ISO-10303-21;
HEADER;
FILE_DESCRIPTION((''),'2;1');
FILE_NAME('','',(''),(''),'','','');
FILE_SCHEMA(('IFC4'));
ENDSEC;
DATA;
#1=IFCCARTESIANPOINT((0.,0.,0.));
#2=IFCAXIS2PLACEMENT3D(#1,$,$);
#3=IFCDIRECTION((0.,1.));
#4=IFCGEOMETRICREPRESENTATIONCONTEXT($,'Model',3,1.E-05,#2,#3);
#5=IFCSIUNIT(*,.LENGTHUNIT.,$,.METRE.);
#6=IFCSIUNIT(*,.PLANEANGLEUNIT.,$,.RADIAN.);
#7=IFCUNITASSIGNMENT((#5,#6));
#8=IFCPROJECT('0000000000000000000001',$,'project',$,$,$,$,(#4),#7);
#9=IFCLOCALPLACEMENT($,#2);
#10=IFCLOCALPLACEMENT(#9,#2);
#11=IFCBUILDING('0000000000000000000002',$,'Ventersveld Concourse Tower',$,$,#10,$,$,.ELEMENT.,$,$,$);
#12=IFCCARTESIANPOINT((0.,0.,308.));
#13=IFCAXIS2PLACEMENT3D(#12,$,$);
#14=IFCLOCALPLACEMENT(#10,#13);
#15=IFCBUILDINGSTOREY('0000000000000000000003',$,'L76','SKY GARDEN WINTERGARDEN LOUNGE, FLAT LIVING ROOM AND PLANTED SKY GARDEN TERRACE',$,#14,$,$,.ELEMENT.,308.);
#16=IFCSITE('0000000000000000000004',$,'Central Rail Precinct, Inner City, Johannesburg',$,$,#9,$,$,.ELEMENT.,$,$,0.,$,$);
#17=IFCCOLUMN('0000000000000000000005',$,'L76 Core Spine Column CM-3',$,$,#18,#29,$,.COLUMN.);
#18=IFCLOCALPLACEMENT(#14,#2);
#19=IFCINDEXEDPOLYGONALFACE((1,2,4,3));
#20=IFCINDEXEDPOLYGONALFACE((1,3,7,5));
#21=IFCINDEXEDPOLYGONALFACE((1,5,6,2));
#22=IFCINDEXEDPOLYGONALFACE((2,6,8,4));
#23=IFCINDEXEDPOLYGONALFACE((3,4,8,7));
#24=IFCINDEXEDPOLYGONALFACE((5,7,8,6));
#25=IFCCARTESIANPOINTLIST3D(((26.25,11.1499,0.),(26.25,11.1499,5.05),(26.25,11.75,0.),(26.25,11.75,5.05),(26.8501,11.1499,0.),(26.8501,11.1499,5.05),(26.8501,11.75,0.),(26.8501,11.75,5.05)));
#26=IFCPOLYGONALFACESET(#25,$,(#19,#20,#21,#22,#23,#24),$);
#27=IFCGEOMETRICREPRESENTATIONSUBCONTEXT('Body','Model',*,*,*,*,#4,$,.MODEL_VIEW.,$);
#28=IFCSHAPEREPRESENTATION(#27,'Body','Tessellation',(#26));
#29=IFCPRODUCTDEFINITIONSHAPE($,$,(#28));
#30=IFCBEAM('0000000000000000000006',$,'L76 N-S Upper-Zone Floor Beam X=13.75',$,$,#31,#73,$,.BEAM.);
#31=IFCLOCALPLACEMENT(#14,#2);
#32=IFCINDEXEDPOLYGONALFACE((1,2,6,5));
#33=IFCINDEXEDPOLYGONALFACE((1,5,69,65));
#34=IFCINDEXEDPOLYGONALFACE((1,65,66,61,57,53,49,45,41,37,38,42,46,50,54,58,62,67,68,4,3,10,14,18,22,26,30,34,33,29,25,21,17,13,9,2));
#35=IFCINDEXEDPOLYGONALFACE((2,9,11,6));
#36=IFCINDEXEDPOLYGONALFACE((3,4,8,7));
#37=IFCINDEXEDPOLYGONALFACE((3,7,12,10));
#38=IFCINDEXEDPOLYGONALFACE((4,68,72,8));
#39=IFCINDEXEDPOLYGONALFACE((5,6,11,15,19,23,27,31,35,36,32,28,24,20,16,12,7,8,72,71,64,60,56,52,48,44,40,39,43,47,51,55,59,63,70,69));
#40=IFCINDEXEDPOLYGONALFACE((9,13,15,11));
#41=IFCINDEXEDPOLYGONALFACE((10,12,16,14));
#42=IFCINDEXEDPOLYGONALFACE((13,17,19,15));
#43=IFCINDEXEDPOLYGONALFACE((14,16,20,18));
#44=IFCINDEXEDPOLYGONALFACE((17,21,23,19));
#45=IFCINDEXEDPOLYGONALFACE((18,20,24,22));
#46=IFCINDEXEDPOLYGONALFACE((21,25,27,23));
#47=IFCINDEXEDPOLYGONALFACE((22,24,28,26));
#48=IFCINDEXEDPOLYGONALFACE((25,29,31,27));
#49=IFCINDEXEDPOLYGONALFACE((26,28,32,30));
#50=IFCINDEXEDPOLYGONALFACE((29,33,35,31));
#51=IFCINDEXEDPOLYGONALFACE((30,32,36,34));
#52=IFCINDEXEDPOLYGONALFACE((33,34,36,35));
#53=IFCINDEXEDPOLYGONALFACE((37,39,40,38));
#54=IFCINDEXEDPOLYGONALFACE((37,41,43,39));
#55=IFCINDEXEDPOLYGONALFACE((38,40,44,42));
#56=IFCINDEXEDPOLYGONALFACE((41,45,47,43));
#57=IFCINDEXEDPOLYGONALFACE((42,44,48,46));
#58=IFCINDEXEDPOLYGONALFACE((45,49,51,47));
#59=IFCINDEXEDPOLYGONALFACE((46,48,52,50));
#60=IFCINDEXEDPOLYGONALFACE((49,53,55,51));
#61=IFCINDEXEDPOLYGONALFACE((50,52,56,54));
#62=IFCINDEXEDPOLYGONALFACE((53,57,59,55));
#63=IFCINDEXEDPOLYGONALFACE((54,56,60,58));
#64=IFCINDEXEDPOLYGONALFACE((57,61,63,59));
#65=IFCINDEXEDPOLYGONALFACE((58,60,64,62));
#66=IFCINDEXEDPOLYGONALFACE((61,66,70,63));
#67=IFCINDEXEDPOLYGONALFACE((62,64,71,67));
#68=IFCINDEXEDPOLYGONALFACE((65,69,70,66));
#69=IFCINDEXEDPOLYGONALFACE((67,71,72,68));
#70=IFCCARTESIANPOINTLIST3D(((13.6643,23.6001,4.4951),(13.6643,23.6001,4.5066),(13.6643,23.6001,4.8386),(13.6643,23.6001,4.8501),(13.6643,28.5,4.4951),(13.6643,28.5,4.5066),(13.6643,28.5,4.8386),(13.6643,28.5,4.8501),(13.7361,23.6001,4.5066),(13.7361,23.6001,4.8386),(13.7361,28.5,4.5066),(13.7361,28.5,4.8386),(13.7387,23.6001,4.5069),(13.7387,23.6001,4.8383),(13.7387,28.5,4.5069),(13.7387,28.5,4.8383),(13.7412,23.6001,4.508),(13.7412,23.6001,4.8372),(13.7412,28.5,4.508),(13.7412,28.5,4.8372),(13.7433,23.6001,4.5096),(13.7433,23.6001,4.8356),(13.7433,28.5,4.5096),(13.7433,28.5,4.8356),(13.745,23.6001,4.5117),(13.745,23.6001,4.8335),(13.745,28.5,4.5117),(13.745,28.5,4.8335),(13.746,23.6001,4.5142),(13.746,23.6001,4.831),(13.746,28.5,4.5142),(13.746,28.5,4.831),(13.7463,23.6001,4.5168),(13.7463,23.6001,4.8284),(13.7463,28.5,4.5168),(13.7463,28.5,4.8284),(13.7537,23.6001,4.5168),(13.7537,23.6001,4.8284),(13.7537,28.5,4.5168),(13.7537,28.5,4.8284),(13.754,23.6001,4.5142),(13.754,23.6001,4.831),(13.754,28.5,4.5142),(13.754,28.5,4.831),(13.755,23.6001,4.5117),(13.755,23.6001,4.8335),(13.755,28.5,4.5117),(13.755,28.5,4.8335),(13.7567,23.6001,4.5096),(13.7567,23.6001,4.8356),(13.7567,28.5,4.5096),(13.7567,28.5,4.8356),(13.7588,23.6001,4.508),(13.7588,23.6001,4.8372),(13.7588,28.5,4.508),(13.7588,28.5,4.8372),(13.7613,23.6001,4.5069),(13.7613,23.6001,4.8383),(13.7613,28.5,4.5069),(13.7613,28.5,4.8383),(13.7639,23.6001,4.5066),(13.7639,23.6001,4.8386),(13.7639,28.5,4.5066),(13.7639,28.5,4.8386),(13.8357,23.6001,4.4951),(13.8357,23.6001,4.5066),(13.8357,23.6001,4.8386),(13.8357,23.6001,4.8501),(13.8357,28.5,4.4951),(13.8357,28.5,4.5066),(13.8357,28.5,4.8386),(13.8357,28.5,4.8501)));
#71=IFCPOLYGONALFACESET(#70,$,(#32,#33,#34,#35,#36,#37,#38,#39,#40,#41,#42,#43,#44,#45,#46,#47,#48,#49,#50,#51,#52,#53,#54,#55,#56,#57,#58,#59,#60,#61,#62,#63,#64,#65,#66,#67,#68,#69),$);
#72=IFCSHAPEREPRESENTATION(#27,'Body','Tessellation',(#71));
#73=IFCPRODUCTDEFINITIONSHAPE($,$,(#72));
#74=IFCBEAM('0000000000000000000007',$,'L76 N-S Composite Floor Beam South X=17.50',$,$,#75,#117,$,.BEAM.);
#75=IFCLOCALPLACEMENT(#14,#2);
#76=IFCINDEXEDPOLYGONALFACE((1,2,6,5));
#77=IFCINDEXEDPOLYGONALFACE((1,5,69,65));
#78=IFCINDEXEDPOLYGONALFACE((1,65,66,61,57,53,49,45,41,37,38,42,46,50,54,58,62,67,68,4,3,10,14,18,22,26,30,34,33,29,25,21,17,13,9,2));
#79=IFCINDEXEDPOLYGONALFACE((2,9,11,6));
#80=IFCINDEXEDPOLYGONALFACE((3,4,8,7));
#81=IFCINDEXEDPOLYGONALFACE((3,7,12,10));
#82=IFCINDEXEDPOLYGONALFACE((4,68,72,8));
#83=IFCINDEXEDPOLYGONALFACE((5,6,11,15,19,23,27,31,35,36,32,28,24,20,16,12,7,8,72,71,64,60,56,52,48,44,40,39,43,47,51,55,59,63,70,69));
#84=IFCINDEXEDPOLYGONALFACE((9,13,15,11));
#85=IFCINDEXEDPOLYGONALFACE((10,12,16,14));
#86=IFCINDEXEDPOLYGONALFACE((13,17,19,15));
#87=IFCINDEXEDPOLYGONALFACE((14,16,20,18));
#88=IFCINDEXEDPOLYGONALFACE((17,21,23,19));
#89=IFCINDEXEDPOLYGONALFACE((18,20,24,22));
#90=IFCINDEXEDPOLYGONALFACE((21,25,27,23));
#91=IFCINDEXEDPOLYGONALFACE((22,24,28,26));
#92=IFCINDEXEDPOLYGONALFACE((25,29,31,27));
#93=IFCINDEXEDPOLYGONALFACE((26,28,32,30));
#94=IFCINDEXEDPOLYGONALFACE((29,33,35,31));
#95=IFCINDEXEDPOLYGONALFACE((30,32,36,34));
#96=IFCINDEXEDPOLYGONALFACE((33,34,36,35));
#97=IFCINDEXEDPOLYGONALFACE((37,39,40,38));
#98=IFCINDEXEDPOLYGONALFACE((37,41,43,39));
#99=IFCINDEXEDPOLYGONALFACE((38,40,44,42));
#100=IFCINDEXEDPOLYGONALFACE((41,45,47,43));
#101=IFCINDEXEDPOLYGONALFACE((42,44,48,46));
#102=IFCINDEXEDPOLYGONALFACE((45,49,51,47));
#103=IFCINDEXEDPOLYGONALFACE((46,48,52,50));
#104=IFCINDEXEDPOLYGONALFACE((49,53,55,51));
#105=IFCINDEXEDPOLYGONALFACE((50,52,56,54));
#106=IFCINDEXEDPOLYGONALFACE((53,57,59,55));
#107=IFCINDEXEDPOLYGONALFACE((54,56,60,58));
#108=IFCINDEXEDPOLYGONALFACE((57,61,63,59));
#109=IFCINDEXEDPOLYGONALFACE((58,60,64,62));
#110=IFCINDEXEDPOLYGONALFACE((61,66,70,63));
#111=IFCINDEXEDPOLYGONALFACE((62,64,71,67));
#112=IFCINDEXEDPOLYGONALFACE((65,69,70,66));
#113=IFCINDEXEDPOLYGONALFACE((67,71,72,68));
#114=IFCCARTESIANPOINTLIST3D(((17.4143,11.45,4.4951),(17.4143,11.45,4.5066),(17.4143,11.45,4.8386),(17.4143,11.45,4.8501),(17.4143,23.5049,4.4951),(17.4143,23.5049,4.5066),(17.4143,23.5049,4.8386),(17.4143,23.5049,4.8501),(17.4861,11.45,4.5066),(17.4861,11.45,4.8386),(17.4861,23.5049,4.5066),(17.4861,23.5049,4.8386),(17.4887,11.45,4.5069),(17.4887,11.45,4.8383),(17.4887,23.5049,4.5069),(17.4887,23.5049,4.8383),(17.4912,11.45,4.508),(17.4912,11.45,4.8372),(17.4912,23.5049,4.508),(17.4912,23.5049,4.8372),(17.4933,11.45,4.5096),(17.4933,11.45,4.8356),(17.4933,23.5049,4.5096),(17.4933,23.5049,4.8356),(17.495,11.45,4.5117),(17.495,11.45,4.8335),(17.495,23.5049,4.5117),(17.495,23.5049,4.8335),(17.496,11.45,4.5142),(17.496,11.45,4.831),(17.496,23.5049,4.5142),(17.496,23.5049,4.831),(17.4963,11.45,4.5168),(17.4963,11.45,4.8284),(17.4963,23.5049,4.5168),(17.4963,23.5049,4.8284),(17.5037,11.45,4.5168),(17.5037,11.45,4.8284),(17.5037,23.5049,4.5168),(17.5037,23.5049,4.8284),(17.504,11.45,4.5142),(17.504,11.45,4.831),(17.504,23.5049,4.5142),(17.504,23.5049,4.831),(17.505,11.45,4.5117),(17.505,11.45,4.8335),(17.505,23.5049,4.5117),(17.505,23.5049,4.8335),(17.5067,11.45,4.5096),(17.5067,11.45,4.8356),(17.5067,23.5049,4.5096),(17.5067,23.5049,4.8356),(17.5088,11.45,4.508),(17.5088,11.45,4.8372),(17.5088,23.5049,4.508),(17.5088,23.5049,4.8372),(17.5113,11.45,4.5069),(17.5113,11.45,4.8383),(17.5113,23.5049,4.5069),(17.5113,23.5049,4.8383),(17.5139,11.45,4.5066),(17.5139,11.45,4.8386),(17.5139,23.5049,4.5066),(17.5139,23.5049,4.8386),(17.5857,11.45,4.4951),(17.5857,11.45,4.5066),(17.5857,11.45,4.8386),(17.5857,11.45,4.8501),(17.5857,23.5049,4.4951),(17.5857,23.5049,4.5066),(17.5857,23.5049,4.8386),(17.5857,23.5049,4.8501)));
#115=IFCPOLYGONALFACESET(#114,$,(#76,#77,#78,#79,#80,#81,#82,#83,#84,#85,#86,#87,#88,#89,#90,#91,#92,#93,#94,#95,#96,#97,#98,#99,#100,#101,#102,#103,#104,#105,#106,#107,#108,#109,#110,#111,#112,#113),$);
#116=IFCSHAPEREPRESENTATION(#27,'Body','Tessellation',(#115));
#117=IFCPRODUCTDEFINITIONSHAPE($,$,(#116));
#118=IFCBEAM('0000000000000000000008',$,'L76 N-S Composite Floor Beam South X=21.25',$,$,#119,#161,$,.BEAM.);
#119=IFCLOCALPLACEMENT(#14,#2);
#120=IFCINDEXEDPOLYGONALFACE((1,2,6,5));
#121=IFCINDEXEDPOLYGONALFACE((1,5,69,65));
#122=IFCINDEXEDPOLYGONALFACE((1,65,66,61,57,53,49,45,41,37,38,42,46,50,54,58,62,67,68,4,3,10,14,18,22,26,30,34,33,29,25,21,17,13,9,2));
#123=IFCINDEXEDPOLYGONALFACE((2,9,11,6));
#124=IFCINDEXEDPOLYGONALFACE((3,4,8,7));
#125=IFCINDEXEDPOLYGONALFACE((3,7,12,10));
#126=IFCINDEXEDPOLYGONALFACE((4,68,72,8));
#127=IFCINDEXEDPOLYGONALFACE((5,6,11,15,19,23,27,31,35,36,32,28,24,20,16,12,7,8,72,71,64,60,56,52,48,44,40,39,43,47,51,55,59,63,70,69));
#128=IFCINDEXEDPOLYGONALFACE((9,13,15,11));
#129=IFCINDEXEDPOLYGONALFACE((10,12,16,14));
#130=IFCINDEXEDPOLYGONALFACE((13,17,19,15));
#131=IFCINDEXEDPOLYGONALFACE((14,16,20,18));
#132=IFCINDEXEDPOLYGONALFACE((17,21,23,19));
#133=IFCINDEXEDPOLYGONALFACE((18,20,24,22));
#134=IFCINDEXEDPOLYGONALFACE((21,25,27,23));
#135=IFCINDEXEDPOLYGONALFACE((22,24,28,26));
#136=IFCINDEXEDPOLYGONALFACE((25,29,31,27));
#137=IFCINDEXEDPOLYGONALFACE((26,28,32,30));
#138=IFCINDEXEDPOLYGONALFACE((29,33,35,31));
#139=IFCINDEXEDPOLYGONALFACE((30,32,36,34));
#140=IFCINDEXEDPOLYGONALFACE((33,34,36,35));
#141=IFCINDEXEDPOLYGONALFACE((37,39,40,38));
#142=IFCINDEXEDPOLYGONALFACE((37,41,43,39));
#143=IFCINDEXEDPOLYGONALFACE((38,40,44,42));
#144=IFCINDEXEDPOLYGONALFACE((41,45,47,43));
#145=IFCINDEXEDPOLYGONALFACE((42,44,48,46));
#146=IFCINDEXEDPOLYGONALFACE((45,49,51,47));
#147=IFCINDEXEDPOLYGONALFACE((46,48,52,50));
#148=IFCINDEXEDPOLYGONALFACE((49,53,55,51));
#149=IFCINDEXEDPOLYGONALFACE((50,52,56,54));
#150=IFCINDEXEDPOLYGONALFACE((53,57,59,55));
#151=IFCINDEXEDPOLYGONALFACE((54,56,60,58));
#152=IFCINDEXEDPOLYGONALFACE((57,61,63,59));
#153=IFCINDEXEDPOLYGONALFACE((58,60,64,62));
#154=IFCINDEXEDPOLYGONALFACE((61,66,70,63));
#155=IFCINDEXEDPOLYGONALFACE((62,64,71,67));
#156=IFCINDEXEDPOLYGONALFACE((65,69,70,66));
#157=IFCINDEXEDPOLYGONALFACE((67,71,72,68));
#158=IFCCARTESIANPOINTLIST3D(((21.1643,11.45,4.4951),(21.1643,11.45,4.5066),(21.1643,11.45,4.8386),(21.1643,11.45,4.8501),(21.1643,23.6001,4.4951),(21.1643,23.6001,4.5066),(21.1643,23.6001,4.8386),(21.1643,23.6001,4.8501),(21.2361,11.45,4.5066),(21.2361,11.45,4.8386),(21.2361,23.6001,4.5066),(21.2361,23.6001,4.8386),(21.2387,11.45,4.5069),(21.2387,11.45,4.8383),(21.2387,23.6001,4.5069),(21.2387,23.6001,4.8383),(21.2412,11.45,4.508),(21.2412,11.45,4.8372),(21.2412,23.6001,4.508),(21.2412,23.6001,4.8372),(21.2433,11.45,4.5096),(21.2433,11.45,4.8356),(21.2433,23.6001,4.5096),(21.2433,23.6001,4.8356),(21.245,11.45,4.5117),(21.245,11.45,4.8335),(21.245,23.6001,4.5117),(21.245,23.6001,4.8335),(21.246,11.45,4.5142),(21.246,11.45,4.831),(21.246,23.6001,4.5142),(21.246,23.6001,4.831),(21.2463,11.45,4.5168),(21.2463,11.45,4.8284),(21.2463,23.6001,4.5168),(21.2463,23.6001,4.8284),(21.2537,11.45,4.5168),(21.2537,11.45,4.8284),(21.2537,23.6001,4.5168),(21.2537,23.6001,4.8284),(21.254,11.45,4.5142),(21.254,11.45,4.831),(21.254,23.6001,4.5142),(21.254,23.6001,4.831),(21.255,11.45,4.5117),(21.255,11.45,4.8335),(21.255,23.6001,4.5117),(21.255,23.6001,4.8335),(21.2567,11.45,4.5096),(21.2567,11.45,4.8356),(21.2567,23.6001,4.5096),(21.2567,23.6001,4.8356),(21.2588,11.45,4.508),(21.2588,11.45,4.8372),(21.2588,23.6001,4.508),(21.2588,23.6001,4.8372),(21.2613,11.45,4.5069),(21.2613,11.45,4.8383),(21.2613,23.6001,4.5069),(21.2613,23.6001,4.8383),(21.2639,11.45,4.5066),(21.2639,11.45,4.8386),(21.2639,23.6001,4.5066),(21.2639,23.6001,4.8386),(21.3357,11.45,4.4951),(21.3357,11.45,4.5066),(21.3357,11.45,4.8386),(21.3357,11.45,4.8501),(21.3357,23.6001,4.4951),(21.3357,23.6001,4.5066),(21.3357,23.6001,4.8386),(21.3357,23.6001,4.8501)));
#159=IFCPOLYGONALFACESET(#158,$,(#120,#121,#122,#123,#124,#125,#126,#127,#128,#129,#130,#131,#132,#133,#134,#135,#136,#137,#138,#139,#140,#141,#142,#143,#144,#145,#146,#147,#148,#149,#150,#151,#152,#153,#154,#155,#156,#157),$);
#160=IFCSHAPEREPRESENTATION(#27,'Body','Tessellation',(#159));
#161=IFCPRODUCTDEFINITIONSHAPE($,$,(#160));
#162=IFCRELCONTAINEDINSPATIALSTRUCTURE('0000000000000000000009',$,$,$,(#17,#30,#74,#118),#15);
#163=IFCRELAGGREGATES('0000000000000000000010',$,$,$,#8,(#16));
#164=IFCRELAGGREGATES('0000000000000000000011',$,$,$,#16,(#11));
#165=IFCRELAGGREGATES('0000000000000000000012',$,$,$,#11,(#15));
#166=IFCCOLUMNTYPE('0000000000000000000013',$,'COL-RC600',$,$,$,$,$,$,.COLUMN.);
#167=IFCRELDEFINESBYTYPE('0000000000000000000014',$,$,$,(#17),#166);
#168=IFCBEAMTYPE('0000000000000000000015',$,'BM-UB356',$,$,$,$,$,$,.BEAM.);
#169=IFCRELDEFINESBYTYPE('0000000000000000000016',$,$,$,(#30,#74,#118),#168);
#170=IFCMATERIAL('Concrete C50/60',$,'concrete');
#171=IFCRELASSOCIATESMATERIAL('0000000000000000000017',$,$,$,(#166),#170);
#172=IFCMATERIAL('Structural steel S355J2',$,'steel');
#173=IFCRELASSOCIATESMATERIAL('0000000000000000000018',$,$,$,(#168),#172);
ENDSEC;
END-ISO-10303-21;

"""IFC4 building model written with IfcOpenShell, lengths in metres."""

from ifc_helpers import new_model, si_unit, direction, frame, origin, origin_2d, place, context, subcontext, project, spatial, rectangle, i_section, extrude, material, material_profile, profile_set, type_object, element, save


model = new_model("IFC4")

# Units and contexts
model_context = context("Model", 3, precision=1e-05, world=origin(), true_north=direction((0.0, 1.0)))
body_context = subcontext(model_context, "Body", "Model", "MODEL_VIEW")
ifc_project = project(units=[si_unit("LENGTHUNIT", "METRE"), si_unit("PLANEANGLEUNIT", "RADIAN")], contexts=[model_context])

# Site, building, storey
site_placement = place(None, origin())
site = spatial("IfcSite", under=ifc_project, at=site_placement, Name="Central Rail Precinct, Inner City, Johannesburg", CompositionType="ELEMENT", RefElevation=0.0)
building_placement = place(site_placement, origin())
building = spatial("IfcBuilding", under=site, at=building_placement, Name="Ventersveld Concourse Tower", CompositionType="ELEMENT")
storey_placement = place(building_placement, frame((0.0, 0.0, 308.0)))
storey = spatial("IfcBuildingStorey", under=building, at=storey_placement, Name="L76", Description="SKY GARDEN WINTERGARDEN LOUNGE, FLAT LIVING ROOM AND PLANTED SKY GARDEN TERRACE", CompositionType="ELEMENT", Elevation=308.0)

# Column
ifc_material_1 = material(Name="Concrete C50/60", Category="concrete")
ifc_material_profile_1 = material_profile(ifc_material_1, rectangle(XDim=0.6001, YDim=0.6001, at=origin_2d()), Name="RC 600x600")
ifc_profile_set_1 = profile_set([ifc_material_profile_1], Name="Concrete C50/60")
column_type = type_object("IfcColumnType", Name="COL-RC600", PredefinedType="COLUMN", material=ifc_profile_set_1)
column_placement = place(storey_placement, frame((26.55, 11.45, 0.0), z_axis=(0.0, 0.0, 1.0), x_axis=(1.0, 0.0, 0.0)))
element("IfcColumn", 1, at=column_placement, inside=storey, type_object=column_type, Name="L76 Core Spine Column CM-3", PredefinedType="COLUMN", context=body_context, shape_type="SweptSolid", body=[
    extrude(rectangle(XDim=0.6001, YDim=0.6001, at=origin_2d()), origin(), (0.0, 0.0, 1.0), 5.05),
])

# Beams
ifc_material_2 = material(Name="Structural steel S355J2", Category="steel")
ifc_material_profile_2 = material_profile(ifc_material_2, i_section(OverallWidth=0.1714, OverallDepth=0.355, WebThickness=0.0073, FlangeThickness=0.0115, FilletRadius=0.0103, at=origin_2d()), Name="UB 356x171x51")
ifc_profile_set_2 = profile_set([ifc_material_profile_2], Name="Structural steel S355J2")
beam_type_1 = type_object("IfcBeamType", Name="BM-UB356", PredefinedType="BEAM", material=ifc_profile_set_2)
beam_1_placement = place(storey_placement, frame((13.75, 23.6001, 4.6726), z_axis=(0.0, 1.0, 0.0), x_axis=(-1.0, 0.0, 0.0)))
element("IfcBeam", 2, at=beam_1_placement, inside=storey, type_object=beam_type_1, Name="L76 N-S Upper-Zone Floor Beam X=13.75", PredefinedType="BEAM", context=body_context, shape_type="SweptSolid", body=[
    extrude(i_section(OverallWidth=0.1714, OverallDepth=0.355, WebThickness=0.0073, FlangeThickness=0.0115, FilletRadius=0.0103, at=origin_2d()), origin(), (0.0, 0.0, 1.0), 4.8999),
])
beam_2_placement = place(storey_placement, frame((17.5, 11.45, 4.6726), z_axis=(0.0, 1.0, 0.0), x_axis=(-1.0, 0.0, 0.0)))
element("IfcBeam", 3, at=beam_2_placement, inside=storey, type_object=beam_type_1, Name="L76 N-S Composite Floor Beam South X=17.50", PredefinedType="BEAM", context=body_context, shape_type="SweptSolid", body=[
    extrude(i_section(OverallWidth=0.1714, OverallDepth=0.355, WebThickness=0.0073, FlangeThickness=0.0115, FilletRadius=0.0103, at=origin_2d()), origin(), (0.0, 0.0, 1.0), 12.0549),
])
for number, where, z_axis, x_axis, name in (
    (4, (21.25, 11.45, 4.6726), (0.0, 1.0, 0.0), (-1.0, 0.0, 0.0), "L76 N-S Composite Floor Beam South X=21.25"),
):
    element("IfcBeam", number, at=place(storey_placement, frame(where, z_axis=z_axis, x_axis=x_axis)), inside=storey, type_object=beam_type_1, Name=name, PredefinedType="BEAM", context=body_context, shape_type="SweptSolid", body=[
        extrude(i_section(OverallWidth=0.1714, OverallDepth=0.355, WebThickness=0.0073, FlangeThickness=0.0115, FilletRadius=0.0103, at=origin_2d()), origin(), (0.0, 0.0, 1.0), 12.1501),
    ])

save(model, "model.ifc")
